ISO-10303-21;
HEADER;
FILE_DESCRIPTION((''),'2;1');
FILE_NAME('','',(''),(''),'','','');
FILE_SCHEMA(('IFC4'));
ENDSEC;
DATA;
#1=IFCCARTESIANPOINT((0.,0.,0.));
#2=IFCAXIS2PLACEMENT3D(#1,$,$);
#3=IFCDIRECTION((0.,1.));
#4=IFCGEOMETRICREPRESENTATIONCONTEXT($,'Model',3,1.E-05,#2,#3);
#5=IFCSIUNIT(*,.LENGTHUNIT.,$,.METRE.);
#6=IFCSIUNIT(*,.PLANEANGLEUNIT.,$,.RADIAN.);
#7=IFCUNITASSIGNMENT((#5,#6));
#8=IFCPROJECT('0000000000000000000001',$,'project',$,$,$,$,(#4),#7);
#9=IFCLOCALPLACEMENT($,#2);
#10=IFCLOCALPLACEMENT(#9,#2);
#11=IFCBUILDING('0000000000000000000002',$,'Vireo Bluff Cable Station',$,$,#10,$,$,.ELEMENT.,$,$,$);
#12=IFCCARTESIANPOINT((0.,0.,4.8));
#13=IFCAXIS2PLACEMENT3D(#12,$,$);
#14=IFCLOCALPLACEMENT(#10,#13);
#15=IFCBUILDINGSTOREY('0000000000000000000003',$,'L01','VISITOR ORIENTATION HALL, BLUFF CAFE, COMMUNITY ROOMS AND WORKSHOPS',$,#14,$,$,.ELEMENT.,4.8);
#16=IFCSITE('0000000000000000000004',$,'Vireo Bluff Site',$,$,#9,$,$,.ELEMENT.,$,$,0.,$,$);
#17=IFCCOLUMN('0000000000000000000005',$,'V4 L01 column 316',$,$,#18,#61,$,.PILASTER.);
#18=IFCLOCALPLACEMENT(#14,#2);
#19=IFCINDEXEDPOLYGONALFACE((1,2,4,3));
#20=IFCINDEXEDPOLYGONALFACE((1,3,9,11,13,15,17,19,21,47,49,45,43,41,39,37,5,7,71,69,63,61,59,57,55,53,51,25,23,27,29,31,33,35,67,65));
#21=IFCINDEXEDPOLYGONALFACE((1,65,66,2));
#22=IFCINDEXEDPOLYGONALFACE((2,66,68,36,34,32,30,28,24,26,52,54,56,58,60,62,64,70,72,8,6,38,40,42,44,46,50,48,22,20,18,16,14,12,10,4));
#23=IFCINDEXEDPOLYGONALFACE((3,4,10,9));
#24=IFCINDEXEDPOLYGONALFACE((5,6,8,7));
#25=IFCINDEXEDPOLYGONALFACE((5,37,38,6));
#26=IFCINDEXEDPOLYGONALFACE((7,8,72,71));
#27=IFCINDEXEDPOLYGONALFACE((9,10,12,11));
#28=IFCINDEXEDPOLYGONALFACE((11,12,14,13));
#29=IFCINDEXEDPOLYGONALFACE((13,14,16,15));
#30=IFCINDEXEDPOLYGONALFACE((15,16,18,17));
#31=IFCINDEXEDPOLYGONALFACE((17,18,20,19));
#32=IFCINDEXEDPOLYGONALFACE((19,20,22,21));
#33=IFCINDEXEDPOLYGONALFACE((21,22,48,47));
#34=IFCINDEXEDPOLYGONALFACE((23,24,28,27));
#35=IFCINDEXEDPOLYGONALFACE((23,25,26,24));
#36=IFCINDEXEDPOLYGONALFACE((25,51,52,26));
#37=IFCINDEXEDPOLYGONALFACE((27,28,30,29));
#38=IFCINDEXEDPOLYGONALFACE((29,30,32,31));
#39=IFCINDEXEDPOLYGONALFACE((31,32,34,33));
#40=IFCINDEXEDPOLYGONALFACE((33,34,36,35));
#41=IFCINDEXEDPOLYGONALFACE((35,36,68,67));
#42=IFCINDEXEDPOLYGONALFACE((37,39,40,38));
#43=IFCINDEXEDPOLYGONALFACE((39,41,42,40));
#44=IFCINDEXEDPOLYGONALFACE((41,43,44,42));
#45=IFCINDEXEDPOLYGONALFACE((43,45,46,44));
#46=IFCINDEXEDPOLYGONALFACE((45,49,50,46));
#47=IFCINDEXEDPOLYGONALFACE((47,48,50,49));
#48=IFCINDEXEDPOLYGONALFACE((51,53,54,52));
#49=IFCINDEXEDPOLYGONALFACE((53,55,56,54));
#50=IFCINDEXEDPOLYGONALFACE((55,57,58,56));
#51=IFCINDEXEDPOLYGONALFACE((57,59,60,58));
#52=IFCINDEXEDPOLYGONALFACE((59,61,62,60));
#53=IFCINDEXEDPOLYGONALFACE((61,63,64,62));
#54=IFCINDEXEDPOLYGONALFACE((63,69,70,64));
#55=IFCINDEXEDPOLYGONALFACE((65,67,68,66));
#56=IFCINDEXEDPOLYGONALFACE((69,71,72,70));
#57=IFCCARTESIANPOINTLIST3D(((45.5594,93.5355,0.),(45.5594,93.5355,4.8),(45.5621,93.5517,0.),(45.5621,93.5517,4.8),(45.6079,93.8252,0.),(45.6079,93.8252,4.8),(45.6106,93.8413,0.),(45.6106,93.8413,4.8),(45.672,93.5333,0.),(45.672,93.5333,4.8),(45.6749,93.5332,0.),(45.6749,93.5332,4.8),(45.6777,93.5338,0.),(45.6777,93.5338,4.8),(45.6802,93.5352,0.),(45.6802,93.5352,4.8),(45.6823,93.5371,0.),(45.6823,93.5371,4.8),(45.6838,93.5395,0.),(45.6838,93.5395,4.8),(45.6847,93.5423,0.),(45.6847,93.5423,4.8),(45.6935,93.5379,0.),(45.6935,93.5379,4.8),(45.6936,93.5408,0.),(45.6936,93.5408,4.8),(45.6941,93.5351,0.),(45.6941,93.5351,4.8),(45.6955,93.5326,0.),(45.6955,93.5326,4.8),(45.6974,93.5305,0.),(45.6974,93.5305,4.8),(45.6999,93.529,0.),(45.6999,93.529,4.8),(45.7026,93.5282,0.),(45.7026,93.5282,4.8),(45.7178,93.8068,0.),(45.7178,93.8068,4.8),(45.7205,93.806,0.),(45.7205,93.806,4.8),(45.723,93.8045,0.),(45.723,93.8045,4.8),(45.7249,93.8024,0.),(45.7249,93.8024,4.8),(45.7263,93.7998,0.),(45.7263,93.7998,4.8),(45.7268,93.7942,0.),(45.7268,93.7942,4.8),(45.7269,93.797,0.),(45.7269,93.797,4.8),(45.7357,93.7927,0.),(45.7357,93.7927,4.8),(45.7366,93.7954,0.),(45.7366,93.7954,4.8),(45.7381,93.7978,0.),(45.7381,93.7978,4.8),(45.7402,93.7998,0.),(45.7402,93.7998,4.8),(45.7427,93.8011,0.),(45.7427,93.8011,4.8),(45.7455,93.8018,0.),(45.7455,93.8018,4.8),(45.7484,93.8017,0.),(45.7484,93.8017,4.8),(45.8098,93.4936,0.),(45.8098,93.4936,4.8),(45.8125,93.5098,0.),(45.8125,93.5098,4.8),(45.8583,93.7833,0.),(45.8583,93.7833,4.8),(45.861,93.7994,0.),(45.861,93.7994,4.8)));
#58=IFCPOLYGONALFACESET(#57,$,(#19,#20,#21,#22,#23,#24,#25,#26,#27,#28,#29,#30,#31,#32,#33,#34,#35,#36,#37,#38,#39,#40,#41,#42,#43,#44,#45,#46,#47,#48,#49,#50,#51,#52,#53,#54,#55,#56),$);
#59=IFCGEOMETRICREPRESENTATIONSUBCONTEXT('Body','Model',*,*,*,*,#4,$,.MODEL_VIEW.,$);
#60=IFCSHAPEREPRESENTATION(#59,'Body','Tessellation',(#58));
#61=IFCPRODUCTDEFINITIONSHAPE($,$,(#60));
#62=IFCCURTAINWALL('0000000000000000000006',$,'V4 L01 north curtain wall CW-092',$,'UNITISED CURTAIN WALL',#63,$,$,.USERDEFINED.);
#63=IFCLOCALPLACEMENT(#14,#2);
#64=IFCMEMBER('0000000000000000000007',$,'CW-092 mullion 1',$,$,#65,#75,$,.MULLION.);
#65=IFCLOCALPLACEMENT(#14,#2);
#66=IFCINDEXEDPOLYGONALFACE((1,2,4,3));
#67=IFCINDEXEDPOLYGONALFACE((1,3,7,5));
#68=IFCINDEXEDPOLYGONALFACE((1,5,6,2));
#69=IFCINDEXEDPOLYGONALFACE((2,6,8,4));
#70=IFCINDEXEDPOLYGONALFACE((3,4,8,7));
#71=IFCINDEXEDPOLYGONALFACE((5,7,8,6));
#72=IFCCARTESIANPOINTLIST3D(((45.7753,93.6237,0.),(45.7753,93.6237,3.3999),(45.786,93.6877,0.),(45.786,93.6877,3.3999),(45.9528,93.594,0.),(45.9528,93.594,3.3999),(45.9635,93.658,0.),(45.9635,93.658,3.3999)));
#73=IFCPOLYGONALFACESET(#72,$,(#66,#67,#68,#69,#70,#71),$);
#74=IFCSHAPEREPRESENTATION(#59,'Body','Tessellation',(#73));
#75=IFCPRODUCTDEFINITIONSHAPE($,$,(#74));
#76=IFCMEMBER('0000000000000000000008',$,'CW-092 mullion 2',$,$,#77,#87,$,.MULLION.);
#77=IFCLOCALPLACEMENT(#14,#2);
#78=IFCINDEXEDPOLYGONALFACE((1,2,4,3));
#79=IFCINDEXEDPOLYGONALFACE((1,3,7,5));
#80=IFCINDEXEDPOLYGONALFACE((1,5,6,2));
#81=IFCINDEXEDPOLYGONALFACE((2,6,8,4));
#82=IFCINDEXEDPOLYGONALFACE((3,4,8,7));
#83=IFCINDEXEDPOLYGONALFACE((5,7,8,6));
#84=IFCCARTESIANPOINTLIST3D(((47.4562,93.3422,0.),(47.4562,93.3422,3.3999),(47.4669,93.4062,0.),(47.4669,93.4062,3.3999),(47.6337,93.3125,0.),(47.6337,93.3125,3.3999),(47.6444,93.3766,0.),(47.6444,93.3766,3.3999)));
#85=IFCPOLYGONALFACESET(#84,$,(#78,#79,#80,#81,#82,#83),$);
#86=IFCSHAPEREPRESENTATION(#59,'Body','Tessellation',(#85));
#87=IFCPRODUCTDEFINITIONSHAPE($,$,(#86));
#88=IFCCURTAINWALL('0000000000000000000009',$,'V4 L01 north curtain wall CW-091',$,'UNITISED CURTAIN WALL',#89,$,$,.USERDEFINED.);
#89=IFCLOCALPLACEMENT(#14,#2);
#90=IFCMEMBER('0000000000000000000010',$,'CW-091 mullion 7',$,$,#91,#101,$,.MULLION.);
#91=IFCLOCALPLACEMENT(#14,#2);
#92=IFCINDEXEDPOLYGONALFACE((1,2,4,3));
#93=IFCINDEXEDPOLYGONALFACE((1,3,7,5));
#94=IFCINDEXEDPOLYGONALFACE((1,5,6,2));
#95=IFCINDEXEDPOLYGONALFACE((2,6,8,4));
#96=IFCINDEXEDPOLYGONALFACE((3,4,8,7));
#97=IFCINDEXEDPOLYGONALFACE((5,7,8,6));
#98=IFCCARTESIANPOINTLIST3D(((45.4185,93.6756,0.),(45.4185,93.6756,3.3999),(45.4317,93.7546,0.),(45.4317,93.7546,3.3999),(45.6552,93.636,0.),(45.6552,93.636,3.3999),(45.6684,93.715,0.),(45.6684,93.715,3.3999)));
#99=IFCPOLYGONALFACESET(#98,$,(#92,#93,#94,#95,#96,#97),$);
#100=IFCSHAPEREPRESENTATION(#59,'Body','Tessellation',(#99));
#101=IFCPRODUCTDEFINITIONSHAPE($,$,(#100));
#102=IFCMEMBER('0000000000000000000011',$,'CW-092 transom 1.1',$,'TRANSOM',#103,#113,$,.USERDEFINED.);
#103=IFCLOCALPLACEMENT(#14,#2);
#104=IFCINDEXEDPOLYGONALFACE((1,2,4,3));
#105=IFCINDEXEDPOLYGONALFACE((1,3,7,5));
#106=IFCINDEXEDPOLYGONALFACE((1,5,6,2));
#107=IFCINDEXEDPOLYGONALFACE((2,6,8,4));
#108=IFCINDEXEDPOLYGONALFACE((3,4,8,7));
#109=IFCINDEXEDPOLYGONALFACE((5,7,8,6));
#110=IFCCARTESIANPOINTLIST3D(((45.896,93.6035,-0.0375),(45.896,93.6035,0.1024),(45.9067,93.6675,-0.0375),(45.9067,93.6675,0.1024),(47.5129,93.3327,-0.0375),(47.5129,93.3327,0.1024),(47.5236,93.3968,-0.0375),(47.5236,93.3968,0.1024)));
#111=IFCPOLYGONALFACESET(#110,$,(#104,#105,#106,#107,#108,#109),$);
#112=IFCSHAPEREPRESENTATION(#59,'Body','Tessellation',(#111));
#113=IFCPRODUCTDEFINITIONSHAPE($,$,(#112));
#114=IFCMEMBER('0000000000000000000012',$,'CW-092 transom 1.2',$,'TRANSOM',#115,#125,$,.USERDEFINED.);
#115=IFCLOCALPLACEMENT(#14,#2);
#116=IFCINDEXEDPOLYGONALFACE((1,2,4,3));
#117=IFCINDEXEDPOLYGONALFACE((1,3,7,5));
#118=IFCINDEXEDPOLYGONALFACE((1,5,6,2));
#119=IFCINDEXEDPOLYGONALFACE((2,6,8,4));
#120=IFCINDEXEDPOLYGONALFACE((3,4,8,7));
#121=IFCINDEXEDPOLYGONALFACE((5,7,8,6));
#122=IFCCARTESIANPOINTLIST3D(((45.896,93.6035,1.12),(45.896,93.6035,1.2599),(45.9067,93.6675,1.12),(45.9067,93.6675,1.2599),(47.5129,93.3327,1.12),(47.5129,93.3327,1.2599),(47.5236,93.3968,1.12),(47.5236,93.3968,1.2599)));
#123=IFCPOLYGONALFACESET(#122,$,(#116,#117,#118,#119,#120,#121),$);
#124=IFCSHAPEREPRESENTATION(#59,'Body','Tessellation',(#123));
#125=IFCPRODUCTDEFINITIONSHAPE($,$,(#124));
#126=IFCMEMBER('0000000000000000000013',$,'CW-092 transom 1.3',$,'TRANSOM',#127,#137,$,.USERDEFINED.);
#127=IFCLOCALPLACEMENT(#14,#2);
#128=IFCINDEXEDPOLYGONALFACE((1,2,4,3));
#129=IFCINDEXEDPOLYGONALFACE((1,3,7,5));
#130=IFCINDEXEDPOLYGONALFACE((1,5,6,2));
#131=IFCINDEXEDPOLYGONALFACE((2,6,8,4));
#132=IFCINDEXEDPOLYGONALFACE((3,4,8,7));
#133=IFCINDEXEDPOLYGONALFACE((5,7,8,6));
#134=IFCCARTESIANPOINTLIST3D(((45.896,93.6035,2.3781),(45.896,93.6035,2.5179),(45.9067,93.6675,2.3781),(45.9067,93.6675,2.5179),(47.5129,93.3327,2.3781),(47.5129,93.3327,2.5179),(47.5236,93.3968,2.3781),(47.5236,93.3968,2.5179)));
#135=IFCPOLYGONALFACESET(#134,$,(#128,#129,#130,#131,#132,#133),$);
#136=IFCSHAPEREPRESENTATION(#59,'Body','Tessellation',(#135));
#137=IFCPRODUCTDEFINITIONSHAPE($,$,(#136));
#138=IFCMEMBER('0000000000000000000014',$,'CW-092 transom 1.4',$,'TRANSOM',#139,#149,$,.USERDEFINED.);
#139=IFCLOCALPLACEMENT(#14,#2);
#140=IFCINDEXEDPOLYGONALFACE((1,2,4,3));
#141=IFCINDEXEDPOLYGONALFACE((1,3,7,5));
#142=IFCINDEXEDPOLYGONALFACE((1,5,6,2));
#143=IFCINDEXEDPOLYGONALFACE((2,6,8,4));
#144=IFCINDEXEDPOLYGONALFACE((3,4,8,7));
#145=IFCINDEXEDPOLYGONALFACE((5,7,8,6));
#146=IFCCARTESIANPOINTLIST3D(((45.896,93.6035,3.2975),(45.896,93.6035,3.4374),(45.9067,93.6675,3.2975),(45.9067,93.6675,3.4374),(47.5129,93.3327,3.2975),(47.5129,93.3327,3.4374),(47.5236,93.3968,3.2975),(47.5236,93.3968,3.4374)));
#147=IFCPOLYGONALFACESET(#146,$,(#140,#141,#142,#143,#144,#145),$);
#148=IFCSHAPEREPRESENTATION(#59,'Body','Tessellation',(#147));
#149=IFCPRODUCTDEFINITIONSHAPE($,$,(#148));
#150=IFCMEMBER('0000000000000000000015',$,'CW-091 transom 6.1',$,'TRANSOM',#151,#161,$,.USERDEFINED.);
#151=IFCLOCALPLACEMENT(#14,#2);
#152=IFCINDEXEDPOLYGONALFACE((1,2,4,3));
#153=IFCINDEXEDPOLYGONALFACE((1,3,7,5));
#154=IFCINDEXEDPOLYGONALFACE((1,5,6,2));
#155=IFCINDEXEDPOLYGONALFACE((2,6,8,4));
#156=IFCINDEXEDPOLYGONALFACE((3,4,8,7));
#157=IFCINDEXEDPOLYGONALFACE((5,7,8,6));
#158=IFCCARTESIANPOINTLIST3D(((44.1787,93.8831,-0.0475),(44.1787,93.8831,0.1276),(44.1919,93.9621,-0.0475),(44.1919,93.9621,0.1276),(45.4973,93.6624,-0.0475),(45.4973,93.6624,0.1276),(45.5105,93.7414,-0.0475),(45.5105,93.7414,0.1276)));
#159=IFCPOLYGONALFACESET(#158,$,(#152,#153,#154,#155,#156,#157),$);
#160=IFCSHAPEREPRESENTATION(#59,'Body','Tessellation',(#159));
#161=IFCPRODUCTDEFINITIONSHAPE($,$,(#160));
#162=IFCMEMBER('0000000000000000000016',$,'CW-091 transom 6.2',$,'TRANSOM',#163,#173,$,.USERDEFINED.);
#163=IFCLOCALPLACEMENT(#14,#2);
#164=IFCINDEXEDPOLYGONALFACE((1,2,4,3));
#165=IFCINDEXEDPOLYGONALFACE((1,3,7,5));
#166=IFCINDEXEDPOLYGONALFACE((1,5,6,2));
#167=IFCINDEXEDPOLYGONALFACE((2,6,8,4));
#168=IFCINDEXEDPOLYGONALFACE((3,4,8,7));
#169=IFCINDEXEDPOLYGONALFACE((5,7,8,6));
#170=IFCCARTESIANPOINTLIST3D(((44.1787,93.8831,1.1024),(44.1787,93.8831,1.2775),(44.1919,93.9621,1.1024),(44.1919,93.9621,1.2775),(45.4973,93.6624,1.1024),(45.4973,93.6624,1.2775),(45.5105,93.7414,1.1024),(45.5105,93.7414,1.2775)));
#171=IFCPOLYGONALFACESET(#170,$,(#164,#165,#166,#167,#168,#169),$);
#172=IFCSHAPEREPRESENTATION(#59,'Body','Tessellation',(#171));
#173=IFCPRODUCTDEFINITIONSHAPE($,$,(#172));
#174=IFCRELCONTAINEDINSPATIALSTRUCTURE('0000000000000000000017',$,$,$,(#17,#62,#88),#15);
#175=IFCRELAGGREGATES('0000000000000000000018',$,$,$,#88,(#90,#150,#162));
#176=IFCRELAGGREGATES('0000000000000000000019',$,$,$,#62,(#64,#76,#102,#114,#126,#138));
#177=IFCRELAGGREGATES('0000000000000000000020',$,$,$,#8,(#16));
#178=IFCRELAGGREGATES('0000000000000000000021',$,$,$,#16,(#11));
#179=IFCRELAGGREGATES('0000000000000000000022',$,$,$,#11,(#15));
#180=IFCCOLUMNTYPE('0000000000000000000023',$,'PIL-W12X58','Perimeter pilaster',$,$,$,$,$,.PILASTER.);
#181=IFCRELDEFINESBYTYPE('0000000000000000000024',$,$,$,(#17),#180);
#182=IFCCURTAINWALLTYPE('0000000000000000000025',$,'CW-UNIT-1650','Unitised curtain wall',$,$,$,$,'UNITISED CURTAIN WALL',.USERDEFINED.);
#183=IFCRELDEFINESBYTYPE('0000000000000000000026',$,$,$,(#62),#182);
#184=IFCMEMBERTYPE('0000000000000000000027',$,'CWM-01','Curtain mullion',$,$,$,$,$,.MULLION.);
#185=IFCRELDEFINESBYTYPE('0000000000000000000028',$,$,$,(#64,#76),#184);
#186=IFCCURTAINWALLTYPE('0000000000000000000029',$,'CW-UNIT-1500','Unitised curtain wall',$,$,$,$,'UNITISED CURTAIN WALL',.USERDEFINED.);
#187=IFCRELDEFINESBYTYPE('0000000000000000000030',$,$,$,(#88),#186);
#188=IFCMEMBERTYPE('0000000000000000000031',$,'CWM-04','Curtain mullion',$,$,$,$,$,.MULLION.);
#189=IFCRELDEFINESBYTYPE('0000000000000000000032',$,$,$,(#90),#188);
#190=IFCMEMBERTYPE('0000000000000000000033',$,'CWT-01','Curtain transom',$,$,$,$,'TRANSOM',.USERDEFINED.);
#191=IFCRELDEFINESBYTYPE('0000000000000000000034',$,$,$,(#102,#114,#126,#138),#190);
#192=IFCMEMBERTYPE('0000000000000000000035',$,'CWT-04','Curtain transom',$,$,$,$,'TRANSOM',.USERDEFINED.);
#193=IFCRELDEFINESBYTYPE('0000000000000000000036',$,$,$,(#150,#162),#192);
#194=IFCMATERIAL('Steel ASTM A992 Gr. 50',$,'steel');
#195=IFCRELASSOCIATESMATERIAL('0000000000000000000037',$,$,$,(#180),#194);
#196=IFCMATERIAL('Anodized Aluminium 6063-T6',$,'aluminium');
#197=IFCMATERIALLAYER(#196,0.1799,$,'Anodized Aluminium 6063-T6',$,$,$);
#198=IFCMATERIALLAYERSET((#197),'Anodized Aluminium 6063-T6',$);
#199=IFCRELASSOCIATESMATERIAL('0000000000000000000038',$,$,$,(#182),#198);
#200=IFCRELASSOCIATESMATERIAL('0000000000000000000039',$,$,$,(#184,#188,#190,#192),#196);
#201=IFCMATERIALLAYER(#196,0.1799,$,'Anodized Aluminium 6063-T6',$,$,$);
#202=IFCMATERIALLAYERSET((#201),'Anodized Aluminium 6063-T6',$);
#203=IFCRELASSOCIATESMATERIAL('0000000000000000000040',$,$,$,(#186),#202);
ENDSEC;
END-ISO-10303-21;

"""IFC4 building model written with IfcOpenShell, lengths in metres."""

from ifc_helpers import new_model, si_unit, direction, frame, origin, origin_2d, place, context, subcontext, project, spatial, rectangle, i_section, extrude, material, layer, layer_set, material_profile, profile_set, type_object, element, aggregate, save


model = new_model("IFC4")

# Units and contexts
model_context = context("Model", 3, precision=1e-05, world=origin(), true_north=direction((0.0, 1.0)))
body_context = subcontext(model_context, "Body", "Model", "MODEL_VIEW")
ifc_project = project(units=[si_unit("LENGTHUNIT", "METRE"), si_unit("PLANEANGLEUNIT", "RADIAN")], contexts=[model_context])

# Site, building, storey
site_placement = place(None, origin())
site = spatial("IfcSite", under=ifc_project, at=site_placement, Name="Vireo Bluff Site", CompositionType="ELEMENT", RefElevation=0.0)
building_placement = place(site_placement, origin())
building = spatial("IfcBuilding", under=site, at=building_placement, Name="Vireo Bluff Cable Station", CompositionType="ELEMENT")
storey_placement = place(building_placement, frame((0.0, 0.0, 4.8)))
storey = spatial("IfcBuildingStorey", under=building, at=storey_placement, Name="L01", Description="VISITOR ORIENTATION HALL, BLUFF CAFE, COMMUNITY ROOMS AND WORKSHOPS", CompositionType="ELEMENT", Elevation=4.8)

# Column
ifc_material_1 = material(Name="Steel ASTM A992 Gr. 50", Category="steel")
ifc_material_profile_1 = material_profile(ifc_material_1, i_section(OverallWidth=0.2539, OverallDepth=0.3101, WebThickness=0.009, FlangeThickness=0.0164, FilletRadius=0.011, at=origin_2d()), Name="W12X58")
ifc_profile_set_1 = profile_set([ifc_material_profile_1], Name="Steel ASTM A992 Gr. 50")
column_type = type_object("IfcColumnType", Name="PIL-W12X58", Description="Perimeter pilaster", PredefinedType="PILASTER", material=ifc_profile_set_1)
column_placement = place(storey_placement, frame((45.7102, 93.6675, 0.0), z_axis=(0.0, 0.0, 1.0), x_axis=(0.986286, -0.165048, 0.0)))
element("IfcColumn", 1, at=column_placement, inside=storey, type_object=column_type, Name="V4 L01 column 316", PredefinedType="PILASTER", context=body_context, shape_type="SweptSolid", body=[
    extrude(i_section(OverallWidth=0.2539, OverallDepth=0.3101, WebThickness=0.009, FlangeThickness=0.0164, FilletRadius=0.011, at=origin_2d()), origin(), (0.0, 0.0, 1.0), 4.8),
])

# Curtain wall, members
ifc_material_2 = material(Name="Anodized Aluminium 6063-T6", Category="aluminium")
ifc_layer_1 = layer(ifc_material_2, 0.1799, Name="Anodized Aluminium 6063-T6")
ifc_layer_set_1 = layer_set([ifc_layer_1], Name="Anodized Aluminium 6063-T6")
curtain_wall_type_1 = type_object("IfcCurtainWallType", Name="CW-UNIT-1650", Description="Unitised curtain wall", ElementType="UNITISED CURTAIN WALL", PredefinedType="USERDEFINED", material=ifc_layer_set_1)
curtain_wall_1_placement = place(storey_placement, origin())
curtain_wall_1 = element("IfcCurtainWall", 2, at=curtain_wall_1_placement, inside=storey, type_object=curtain_wall_type_1, Name="V4 L01 north curtain wall CW-092", ObjectType="UNITISED CURTAIN WALL", PredefinedType="USERDEFINED")
ifc_material_profile_2 = material_profile(ifc_material_2, rectangle(XDim=0.0649, YDim=0.1799, at=origin_2d()), Name="ALU-M-65X180")
ifc_profile_set_2 = profile_set([ifc_material_profile_2], Name="Anodized Aluminium 6063-T6")
member_type_1 = type_object("IfcMemberType", Name="CWM-01", Description="Curtain mullion", PredefinedType="MULLION", material=ifc_profile_set_2)
member_1_placement = place(storey_placement, frame((45.8694, 93.6409, 0.0), z_axis=(0.0, 0.0, 1.0), x_axis=(0.165048, 0.986286, 0.0)))
member_1 = element("IfcMember", 3, at=member_1_placement, type_object=member_type_1, Name="CW-092 mullion 1", PredefinedType="MULLION", context=body_context, shape_type="SweptSolid", body=[
    extrude(rectangle(XDim=0.0649, YDim=0.1799, at=origin_2d()), origin(), (0.0, 0.0, 1.0), 3.3999),
])
member_2_placement = place(storey_placement, frame((47.5503, 93.3594, 0.0), z_axis=(0.0, 0.0, 1.0), x_axis=(0.165048, 0.986286, 0.0)))
member_2 = element("IfcMember", 4, at=member_2_placement, type_object=member_type_1, Name="CW-092 mullion 2", PredefinedType="MULLION", context=body_context, shape_type="SweptSolid", body=[
    extrude(rectangle(XDim=0.0649, YDim=0.1799, at=origin_2d()), origin(), (0.0, 0.0, 1.0), 3.3999),
])

# Curtain wall, member
ifc_layer_2 = layer(ifc_material_2, 0.1799, Name="Anodized Aluminium 6063-T6")
ifc_layer_set_2 = layer_set([ifc_layer_2], Name="Anodized Aluminium 6063-T6")
curtain_wall_type_2 = type_object("IfcCurtainWallType", Name="CW-UNIT-1500", Description="Unitised curtain wall", ElementType="UNITISED CURTAIN WALL", PredefinedType="USERDEFINED", material=ifc_layer_set_2)
curtain_wall_2_placement = place(storey_placement, origin())
curtain_wall_2 = element("IfcCurtainWall", 5, at=curtain_wall_2_placement, inside=storey, type_object=curtain_wall_type_2, Name="V4 L01 north curtain wall CW-091", ObjectType="UNITISED CURTAIN WALL", PredefinedType="USERDEFINED")
ifc_material_profile_3 = material_profile(ifc_material_2, rectangle(XDim=0.0801, YDim=0.24, at=origin_2d()), Name="ALU-M-80X240")
ifc_profile_set_3 = profile_set([ifc_material_profile_3], Name="Anodized Aluminium 6063-T6")
member_type_2 = type_object("IfcMemberType", Name="CWM-04", Description="Curtain mullion", PredefinedType="MULLION", material=ifc_profile_set_3)
member_3_placement = place(storey_placement, frame((45.5435, 93.6953, 0.0), z_axis=(0.0, 0.0, 1.0), x_axis=(0.165048, 0.986286, 0.0)))
member_3 = element("IfcMember", 6, at=member_3_placement, type_object=member_type_2, Name="CW-091 mullion 7", PredefinedType="MULLION", context=body_context, shape_type="SweptSolid", body=[
    extrude(rectangle(XDim=0.0801, YDim=0.24, at=origin_2d()), origin(), (0.0, 0.0, 1.0), 3.3999),
])

# Members
ifc_material_profile_4 = material_profile(ifc_material_2, rectangle(XDim=0.0649, YDim=0.1399, at=origin_2d()), Name="ALU-T-65X140")
ifc_profile_set_4 = profile_set([ifc_material_profile_4], Name="Anodized Aluminium 6063-T6")
member_type_3 = type_object("IfcMemberType", Name="CWT-01", Description="Curtain transom", ElementType="TRANSOM", PredefinedType="USERDEFINED", material=ifc_profile_set_4)
member_4_placement = place(storey_placement, frame((45.9014, 93.6355, 0.0325), z_axis=(0.986269, -0.165148, 0.0), x_axis=(0.165148, 0.986269, 0.0)))
member_4 = element("IfcMember", 7, at=member_4_placement, type_object=member_type_3, Name="CW-092 transom 1.1", ObjectType="TRANSOM", PredefinedType="USERDEFINED", context=body_context, shape_type="SweptSolid", body=[
    extrude(rectangle(XDim=0.0649, YDim=0.1399, at=origin_2d()), origin(), (0.0, 0.0, 1.0), 1.6394),
])
member_5_placement = place(storey_placement, frame((45.9014, 93.6355, 1.1899), z_axis=(0.986269, -0.165148, 0.0), x_axis=(0.165148, 0.986269, 0.0)))
member_5 = element("IfcMember", 8, at=member_5_placement, type_object=member_type_3, Name="CW-092 transom 1.2", ObjectType="TRANSOM", PredefinedType="USERDEFINED", context=body_context, shape_type="SweptSolid", body=[
    extrude(rectangle(XDim=0.0649, YDim=0.1399, at=origin_2d()), origin(), (0.0, 0.0, 1.0), 1.6394),
])
member_6_placement = place(storey_placement, frame((45.9014, 93.6355, 2.448), z_axis=(0.986269, -0.165148, 0.0), x_axis=(0.165148, 0.986269, 0.0)))
member_6 = element("IfcMember", 9, at=member_6_placement, type_object=member_type_3, Name="CW-092 transom 1.3", ObjectType="TRANSOM", PredefinedType="USERDEFINED", context=body_context, shape_type="SweptSolid", body=[
    extrude(rectangle(XDim=0.0649, YDim=0.1399, at=origin_2d()), origin(), (0.0, 0.0, 1.0), 1.6394),
])
member_7_placement = place(storey_placement, frame((45.9014, 93.6355, 3.3674), z_axis=(0.986269, -0.165148, 0.0), x_axis=(0.165148, 0.986269, 0.0)))
member_7 = element("IfcMember", 10, at=member_7_placement, type_object=member_type_3, Name="CW-092 transom 1.4", ObjectType="TRANSOM", PredefinedType="USERDEFINED", context=body_context, shape_type="SweptSolid", body=[
    extrude(rectangle(XDim=0.0649, YDim=0.1399, at=origin_2d()), origin(), (0.0, 0.0, 1.0), 1.6394),
])
ifc_material_profile_5 = material_profile(ifc_material_2, rectangle(XDim=0.0801, YDim=0.175, at=origin_2d()), Name="ALU-T-80X175")
ifc_profile_set_5 = profile_set([ifc_material_profile_5], Name="Anodized Aluminium 6063-T6")
member_type_4 = type_object("IfcMemberType", Name="CWT-04", Description="Curtain transom", ElementType="TRANSOM", PredefinedType="USERDEFINED", material=ifc_profile_set_5)
member_8_placement = place(storey_placement, frame((44.1853, 93.9226, 0.04), z_axis=(0.98628, -0.16508, 0.0), x_axis=(0.16508, 0.98628, 0.0)))
member_8 = element("IfcMember", 11, at=member_8_placement, type_object=member_type_4, Name="CW-091 transom 6.1", ObjectType="TRANSOM", PredefinedType="USERDEFINED", context=body_context, shape_type="SweptSolid", body=[
    extrude(rectangle(XDim=0.0801, YDim=0.175, at=origin_2d()), origin(), (0.0, 0.0, 1.0), 1.3369),
])
member_9_placement = place(storey_placement, frame((44.1853, 93.9226, 1.1899), z_axis=(0.98628, -0.16508, 0.0), x_axis=(0.16508, 0.98628, 0.0)))
member_9 = element("IfcMember", 12, at=member_9_placement, type_object=member_type_4, Name="CW-091 transom 6.2", ObjectType="TRANSOM", PredefinedType="USERDEFINED", context=body_context, shape_type="SweptSolid", body=[
    extrude(rectangle(XDim=0.0801, YDim=0.175, at=origin_2d()), origin(), (0.0, 0.0, 1.0), 1.3369),
])

aggregate(curtain_wall_2, [member_3, member_8, member_9])
aggregate(curtain_wall_1, [member_1, member_2, member_4, member_5, member_6, member_7])

save(model, "model.ifc")
